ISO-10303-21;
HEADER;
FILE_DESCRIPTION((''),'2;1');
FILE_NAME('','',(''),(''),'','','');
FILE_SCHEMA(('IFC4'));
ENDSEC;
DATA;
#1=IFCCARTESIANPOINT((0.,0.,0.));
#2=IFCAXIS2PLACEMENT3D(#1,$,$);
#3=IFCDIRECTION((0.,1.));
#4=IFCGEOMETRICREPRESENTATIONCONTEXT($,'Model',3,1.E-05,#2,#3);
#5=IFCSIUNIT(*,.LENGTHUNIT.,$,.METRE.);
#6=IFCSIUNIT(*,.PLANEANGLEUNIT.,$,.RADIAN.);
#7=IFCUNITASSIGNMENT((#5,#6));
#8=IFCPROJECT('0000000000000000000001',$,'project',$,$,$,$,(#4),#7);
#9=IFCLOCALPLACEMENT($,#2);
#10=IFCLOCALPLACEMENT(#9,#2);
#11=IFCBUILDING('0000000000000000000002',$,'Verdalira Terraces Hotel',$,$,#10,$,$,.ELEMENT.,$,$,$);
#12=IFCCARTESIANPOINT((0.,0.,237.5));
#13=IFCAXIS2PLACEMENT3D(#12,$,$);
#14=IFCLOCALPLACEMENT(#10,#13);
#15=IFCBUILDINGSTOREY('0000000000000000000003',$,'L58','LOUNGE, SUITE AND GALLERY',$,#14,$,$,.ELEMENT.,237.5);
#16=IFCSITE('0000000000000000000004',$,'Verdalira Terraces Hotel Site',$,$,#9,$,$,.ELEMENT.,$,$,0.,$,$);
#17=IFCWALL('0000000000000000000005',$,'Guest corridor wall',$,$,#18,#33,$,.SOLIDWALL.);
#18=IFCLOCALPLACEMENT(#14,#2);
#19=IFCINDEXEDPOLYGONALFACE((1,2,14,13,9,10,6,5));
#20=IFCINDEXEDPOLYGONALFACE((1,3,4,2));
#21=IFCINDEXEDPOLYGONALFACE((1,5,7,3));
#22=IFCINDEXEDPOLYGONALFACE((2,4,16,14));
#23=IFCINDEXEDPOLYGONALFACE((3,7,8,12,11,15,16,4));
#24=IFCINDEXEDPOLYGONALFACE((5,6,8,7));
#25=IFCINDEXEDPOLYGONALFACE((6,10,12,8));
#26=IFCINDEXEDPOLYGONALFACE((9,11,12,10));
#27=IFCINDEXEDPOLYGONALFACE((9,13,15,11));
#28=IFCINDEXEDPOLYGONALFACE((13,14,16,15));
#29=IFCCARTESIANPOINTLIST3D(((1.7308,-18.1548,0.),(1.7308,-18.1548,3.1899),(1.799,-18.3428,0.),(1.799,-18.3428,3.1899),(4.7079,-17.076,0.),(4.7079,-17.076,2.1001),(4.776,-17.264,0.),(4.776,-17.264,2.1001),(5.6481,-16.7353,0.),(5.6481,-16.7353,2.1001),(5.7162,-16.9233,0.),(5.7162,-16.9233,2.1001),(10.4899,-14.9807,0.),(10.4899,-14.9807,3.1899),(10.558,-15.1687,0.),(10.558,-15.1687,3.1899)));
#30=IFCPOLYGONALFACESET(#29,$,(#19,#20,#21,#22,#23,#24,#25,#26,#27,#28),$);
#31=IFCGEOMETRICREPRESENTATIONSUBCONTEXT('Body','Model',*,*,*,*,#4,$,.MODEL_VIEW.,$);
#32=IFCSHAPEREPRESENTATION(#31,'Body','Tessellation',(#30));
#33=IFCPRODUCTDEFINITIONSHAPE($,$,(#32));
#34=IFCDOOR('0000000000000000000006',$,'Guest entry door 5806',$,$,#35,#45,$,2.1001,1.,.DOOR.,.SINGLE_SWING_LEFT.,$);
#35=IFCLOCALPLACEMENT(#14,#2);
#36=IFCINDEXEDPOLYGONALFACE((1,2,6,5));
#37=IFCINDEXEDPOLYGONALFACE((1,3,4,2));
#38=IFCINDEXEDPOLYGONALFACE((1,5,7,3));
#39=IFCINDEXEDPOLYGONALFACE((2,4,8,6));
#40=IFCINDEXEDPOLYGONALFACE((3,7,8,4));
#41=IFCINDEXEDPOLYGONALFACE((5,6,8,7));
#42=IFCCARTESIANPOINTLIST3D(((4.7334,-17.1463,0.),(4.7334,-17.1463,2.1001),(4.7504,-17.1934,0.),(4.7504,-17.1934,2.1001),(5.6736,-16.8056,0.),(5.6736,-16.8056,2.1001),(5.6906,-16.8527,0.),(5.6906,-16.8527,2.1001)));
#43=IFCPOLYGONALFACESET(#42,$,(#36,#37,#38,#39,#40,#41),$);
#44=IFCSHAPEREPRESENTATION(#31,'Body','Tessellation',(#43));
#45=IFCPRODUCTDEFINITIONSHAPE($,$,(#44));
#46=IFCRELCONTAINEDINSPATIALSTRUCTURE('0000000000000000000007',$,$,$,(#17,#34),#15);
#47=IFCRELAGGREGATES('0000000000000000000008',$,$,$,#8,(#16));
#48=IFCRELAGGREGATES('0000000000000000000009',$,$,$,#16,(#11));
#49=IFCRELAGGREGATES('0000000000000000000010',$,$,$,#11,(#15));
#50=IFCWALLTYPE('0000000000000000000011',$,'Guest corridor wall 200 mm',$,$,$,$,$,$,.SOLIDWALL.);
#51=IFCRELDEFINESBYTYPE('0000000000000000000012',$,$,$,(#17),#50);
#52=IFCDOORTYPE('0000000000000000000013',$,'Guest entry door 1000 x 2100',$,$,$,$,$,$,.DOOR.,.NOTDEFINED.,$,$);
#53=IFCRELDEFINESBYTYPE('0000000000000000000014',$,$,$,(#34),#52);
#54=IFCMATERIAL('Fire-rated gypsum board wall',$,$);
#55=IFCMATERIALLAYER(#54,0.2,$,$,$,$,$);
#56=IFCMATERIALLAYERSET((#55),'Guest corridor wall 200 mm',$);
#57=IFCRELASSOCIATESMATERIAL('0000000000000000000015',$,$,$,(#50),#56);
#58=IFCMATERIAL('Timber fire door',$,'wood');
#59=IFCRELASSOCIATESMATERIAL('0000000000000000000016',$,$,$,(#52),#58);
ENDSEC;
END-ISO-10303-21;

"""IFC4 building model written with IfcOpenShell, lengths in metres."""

from ifc_helpers import new_model, si_unit, direction, frame, frame_2d, origin, place, context, subcontext, project, spatial, rectangle, extrude, material, layer, layer_set, type_object, element, fill, save


model = new_model("IFC4")

# Units and contexts
model_context = context("Model", 3, precision=1e-05, world=origin(), true_north=direction((0.0, 1.0)))
body_context = subcontext(model_context, "Body", "Model", "MODEL_VIEW")
ifc_project = project(units=[si_unit("LENGTHUNIT", "METRE"), si_unit("PLANEANGLEUNIT", "RADIAN")], contexts=[model_context])

# Site, building, storey
site_placement = place(None, origin())
site = spatial("IfcSite", under=ifc_project, at=site_placement, Name="Verdalira Terraces Hotel Site", CompositionType="ELEMENT", RefElevation=0.0)
building_placement = place(site_placement, origin())
building = spatial("IfcBuilding", under=site, at=building_placement, Name="Verdalira Terraces Hotel", CompositionType="ELEMENT")
storey_placement = place(building_placement, frame((0.0, 0.0, 237.5)))
storey = spatial("IfcBuildingStorey", under=building, at=storey_placement, Name="L58", Description="LOUNGE, SUITE AND GALLERY", CompositionType="ELEMENT", Elevation=237.5)

# Wall, opening, door
ifc_material_1 = material(Name="Fire-rated gypsum board wall")
ifc_layer_1 = layer(ifc_material_1, 0.2)
ifc_layer_set_1 = layer_set([ifc_layer_1], Name="Guest corridor wall 200 mm")
wall_type_1 = type_object("IfcWallType", Name="Guest corridor wall 200 mm", PredefinedType="SOLIDWALL", material=ifc_layer_set_1)
wall_1_placement = place(storey_placement, frame((10.5239, -15.0747, 0.0), z_axis=(0.0, 0.0, 1.0), x_axis=(-0.940173, -0.340697, 0.0)))
wall_1 = element("IfcWall", 1, at=wall_1_placement, inside=storey, type_object=wall_type_1, Name="Guest corridor wall", PredefinedType="SOLIDWALL", context=body_context, shape_type="SweptSolid", body=[
    extrude(rectangle(XDim=9.3164, YDim=0.2, at=frame_2d((4.6582, 0.0))), origin(), (0.0, 0.0, 1.0), 3.1899),
])
opening_1_placement = place(wall_1_placement, frame((5.1499, 0.0, 0.0)))
opening_1 = element("IfcOpeningElement", 2, at=opening_1_placement, cuts=wall_1, PredefinedType="OPENING", context=body_context, shape_type="SweptSolid", body=[
    extrude(rectangle(XDim=1.0, YDim=2.1001, at=frame_2d((0.5, 1.05))), frame((0.0, 0.1099, 0.0), z_axis=(0.0, -1.0, 0.0), x_axis=(1.0, 0.0, 0.0)), (0.0, 0.0, 1.0), 0.22),
])
ifc_material_2 = material(Name="Timber fire door", Category="wood")
door_type_1 = type_object("IfcDoorType", Name="Guest entry door 1000 x 2100", OperationType="NOTDEFINED", PredefinedType="DOOR", material=ifc_material_2)
door_1_placement = place(opening_1_placement, origin())
door_1 = element("IfcDoor", 3, at=door_1_placement, inside=storey, type_object=door_type_1, Name="Guest entry door 5806", OperationType="SINGLE_SWING_LEFT", OverallHeight=2.1001, OverallWidth=1.0, PredefinedType="DOOR", context=body_context, shape_type="SweptSolid", body=[
    extrude(rectangle(XDim=1.0, YDim=2.1001, at=frame_2d((0.5, 1.05))), frame((0.0, 0.0249, 0.0), z_axis=(0.0, -1.0, 0.0), x_axis=(1.0, 0.0, 0.0)), (0.0, 0.0, 1.0), 0.05),
])
fill(opening_1, door_1)

save(model, "model.ifc")
